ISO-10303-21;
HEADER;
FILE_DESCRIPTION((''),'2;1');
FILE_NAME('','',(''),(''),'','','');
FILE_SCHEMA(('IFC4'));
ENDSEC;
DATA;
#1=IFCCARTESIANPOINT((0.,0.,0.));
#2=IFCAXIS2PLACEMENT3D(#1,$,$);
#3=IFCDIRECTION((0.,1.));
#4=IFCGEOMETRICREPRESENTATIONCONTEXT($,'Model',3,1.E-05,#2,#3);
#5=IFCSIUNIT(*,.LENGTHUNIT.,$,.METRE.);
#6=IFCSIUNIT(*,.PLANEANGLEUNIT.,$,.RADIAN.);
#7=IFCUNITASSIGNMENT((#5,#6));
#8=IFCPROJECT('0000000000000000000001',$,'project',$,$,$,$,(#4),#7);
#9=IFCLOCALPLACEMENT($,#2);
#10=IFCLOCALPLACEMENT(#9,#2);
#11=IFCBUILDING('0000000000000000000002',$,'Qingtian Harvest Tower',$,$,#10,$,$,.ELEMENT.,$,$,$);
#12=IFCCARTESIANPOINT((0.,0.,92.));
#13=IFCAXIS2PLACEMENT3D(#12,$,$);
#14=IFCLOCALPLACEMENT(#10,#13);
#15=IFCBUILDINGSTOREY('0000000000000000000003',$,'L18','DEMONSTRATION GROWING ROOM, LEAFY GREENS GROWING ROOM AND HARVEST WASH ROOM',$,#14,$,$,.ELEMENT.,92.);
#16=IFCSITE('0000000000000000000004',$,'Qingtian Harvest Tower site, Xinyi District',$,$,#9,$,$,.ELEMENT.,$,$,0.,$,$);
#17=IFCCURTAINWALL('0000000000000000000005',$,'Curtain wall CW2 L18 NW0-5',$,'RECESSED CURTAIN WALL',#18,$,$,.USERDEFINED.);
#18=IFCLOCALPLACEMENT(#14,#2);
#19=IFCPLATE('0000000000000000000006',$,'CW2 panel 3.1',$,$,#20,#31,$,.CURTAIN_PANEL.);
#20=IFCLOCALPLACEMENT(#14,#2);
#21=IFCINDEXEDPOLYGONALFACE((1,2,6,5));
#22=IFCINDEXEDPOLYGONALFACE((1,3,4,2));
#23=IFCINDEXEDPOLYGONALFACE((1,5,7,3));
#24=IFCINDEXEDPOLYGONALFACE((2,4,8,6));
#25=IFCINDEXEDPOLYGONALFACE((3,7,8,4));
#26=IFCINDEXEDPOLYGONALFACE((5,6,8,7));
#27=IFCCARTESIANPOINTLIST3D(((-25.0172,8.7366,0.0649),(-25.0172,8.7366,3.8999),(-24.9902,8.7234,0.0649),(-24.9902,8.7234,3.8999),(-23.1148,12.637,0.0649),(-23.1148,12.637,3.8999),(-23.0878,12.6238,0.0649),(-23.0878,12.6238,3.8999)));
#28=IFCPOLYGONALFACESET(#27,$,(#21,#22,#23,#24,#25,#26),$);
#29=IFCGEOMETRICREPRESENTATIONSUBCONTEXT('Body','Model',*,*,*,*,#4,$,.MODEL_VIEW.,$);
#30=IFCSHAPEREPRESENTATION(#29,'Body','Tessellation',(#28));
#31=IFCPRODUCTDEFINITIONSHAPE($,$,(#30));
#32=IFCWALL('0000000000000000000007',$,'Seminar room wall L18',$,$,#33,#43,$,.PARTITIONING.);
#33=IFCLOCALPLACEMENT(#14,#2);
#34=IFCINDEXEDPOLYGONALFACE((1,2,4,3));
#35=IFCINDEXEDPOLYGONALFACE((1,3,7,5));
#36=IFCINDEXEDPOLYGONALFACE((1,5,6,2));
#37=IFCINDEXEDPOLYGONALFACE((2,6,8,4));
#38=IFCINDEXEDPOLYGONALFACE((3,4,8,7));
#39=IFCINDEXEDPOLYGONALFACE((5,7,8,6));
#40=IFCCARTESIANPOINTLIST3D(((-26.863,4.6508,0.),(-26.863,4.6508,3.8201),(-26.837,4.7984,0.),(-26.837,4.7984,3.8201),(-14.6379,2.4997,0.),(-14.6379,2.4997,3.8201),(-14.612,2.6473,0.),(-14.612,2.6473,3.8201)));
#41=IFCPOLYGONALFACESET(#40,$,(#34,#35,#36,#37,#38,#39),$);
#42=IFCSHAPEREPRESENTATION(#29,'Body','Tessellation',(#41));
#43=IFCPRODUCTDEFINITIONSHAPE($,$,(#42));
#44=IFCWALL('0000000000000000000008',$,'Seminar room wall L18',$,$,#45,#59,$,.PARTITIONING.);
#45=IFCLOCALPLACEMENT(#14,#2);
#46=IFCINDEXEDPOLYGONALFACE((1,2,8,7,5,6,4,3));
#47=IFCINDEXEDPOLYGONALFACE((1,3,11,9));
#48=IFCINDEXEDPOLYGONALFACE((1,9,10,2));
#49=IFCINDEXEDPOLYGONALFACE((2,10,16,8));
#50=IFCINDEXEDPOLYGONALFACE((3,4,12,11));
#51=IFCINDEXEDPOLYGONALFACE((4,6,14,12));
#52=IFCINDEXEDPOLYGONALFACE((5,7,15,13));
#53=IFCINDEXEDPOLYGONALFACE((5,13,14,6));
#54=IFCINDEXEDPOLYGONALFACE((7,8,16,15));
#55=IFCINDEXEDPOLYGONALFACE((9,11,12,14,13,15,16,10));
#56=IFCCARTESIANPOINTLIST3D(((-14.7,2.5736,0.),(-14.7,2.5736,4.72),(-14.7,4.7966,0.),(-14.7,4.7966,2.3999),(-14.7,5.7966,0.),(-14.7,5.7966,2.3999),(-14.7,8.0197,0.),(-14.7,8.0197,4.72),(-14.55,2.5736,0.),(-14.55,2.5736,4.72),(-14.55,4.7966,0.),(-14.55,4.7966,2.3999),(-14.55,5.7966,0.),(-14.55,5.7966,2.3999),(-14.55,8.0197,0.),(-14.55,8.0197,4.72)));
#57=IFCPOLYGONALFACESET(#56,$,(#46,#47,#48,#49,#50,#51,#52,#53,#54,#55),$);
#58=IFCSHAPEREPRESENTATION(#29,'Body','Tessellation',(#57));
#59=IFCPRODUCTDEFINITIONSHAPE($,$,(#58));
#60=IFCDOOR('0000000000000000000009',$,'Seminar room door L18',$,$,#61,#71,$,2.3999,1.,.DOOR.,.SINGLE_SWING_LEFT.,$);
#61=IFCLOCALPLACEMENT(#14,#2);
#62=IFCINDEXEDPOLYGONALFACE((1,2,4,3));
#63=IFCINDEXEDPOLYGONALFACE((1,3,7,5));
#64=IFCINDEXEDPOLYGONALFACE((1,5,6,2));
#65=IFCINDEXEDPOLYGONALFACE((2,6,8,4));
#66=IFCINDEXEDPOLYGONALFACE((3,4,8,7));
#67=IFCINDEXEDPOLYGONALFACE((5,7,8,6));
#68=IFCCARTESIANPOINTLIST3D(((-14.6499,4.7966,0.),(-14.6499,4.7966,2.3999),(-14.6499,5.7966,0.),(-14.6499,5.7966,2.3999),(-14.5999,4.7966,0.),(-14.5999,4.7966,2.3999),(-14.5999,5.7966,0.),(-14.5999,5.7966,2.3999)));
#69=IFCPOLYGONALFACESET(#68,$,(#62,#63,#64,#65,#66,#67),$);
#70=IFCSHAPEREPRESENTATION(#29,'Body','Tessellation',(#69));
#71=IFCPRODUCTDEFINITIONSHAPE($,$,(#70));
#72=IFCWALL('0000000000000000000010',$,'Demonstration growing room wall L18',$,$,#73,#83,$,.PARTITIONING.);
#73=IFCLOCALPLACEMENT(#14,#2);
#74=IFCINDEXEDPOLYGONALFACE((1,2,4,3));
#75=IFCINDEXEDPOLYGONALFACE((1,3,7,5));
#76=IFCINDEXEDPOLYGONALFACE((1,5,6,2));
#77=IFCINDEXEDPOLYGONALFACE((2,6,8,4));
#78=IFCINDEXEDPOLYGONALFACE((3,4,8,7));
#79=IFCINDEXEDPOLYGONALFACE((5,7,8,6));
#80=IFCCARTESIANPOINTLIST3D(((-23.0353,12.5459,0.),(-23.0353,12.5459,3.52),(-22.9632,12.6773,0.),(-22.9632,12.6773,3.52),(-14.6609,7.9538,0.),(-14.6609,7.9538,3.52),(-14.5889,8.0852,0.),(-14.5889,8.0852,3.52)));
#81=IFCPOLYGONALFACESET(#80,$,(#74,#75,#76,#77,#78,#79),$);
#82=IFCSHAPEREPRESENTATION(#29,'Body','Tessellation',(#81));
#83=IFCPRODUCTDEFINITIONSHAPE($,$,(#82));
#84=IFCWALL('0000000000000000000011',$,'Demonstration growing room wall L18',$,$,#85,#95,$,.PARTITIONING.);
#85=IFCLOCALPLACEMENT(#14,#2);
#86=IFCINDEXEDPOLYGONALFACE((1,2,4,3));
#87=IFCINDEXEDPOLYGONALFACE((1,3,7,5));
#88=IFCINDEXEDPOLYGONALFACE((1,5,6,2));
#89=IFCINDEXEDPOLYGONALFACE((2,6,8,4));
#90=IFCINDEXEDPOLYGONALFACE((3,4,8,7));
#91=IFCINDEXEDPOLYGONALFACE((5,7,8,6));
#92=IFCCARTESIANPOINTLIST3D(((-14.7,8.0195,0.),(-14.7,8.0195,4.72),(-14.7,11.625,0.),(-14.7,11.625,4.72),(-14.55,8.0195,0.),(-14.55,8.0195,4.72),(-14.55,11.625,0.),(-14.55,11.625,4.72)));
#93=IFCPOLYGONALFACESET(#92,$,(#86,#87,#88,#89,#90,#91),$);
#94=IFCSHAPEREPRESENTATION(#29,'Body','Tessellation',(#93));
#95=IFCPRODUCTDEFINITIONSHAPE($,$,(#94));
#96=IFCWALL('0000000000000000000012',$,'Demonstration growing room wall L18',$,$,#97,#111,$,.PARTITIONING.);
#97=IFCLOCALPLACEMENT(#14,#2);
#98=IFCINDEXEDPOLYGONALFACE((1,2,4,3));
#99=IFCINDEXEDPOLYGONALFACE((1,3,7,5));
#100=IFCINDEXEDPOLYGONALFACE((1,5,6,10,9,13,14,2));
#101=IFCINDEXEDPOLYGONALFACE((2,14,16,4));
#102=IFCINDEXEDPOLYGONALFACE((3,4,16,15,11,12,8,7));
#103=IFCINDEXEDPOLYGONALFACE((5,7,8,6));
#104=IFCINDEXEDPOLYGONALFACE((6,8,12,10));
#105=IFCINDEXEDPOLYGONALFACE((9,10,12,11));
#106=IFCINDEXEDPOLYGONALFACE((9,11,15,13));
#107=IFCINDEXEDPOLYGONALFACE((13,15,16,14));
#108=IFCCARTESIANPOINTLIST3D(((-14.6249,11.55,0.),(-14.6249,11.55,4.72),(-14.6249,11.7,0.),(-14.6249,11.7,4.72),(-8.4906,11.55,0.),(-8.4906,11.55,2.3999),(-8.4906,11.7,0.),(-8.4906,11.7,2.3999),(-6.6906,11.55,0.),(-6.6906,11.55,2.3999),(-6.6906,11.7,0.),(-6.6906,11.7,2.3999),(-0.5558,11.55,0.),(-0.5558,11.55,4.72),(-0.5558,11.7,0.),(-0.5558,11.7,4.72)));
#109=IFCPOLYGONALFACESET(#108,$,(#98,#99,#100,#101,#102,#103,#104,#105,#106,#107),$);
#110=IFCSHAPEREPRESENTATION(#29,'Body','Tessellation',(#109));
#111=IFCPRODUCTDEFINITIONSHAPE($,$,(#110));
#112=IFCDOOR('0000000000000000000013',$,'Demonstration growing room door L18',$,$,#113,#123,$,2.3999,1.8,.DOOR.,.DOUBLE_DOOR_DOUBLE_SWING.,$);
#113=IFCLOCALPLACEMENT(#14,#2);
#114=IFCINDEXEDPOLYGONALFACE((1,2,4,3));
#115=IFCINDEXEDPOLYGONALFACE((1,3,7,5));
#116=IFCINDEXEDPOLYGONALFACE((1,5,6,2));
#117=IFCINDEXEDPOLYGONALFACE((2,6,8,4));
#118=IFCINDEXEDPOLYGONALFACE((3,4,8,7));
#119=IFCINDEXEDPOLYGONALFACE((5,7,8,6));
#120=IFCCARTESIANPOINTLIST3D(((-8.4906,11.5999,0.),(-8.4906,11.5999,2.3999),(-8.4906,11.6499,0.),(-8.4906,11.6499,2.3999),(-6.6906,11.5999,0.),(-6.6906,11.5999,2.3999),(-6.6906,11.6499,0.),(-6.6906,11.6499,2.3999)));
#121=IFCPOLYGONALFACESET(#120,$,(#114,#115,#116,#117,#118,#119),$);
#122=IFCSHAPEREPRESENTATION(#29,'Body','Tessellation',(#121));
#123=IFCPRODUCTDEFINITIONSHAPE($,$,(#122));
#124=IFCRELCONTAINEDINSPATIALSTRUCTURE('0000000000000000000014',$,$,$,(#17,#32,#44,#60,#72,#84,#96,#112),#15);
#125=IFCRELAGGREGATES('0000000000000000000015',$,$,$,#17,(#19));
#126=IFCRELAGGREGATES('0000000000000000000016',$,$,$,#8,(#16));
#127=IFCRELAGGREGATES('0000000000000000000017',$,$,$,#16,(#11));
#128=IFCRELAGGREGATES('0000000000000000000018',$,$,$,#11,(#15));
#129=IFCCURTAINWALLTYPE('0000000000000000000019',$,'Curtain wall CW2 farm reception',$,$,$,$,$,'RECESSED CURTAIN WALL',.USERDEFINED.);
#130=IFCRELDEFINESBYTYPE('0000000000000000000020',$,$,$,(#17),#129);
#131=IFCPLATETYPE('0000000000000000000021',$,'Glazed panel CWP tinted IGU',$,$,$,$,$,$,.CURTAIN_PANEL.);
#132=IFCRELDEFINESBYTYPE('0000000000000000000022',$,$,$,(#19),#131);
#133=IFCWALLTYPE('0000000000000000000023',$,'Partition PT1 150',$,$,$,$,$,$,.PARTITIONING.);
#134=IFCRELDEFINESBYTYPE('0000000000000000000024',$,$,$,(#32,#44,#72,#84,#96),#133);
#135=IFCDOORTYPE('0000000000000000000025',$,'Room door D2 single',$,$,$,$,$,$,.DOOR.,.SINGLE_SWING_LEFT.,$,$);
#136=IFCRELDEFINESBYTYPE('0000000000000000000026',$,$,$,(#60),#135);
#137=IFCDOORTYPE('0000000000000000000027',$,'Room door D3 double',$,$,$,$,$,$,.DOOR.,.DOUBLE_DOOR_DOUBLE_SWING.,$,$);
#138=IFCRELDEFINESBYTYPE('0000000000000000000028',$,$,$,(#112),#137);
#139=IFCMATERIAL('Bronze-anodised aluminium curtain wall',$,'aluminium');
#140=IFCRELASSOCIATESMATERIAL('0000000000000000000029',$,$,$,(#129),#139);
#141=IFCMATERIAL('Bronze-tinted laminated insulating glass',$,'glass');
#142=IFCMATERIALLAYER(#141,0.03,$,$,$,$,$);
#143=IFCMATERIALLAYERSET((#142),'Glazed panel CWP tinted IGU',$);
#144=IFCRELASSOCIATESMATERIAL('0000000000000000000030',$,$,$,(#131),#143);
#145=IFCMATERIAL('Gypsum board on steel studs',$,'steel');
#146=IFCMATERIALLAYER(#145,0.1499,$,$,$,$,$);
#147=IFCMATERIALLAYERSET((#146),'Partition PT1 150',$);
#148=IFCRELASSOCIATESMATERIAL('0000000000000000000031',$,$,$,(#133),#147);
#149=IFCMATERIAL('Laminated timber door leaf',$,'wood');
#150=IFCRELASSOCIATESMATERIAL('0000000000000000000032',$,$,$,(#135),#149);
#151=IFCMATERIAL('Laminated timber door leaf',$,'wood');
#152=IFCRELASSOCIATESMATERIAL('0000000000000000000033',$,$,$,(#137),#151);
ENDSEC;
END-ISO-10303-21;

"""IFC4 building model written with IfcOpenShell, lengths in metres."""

from ifc_helpers import new_model, si_unit, direction, frame, frame_2d, origin, origin_2d, place, context, subcontext, project, spatial, rectangle, extrude, material, layer, layer_set, type_object, element, fill, aggregate, save


model = new_model("IFC4")

# Units and contexts
model_context = context("Model", 3, precision=1e-05, world=origin(), true_north=direction((0.0, 1.0)))
body_context = subcontext(model_context, "Body", "Model", "MODEL_VIEW")
ifc_project = project(units=[si_unit("LENGTHUNIT", "METRE"), si_unit("PLANEANGLEUNIT", "RADIAN")], contexts=[model_context])

# Site, building, storey
site_placement = place(None, origin())
site = spatial("IfcSite", under=ifc_project, at=site_placement, Name="Qingtian Harvest Tower site, Xinyi District", CompositionType="ELEMENT", RefElevation=0.0)
building_placement = place(site_placement, origin())
building = spatial("IfcBuilding", under=site, at=building_placement, Name="Qingtian Harvest Tower", CompositionType="ELEMENT")
storey_placement = place(building_placement, frame((0.0, 0.0, 92.0)))
storey = spatial("IfcBuildingStorey", under=building, at=storey_placement, Name="L18", Description="DEMONSTRATION GROWING ROOM, LEAFY GREENS GROWING ROOM AND HARVEST WASH ROOM", CompositionType="ELEMENT", Elevation=92.0)

# Shared definitions
ifc_material_1 = material(Name="Bronze-anodised aluminium curtain wall", Category="aluminium")
curtain_wall_type = type_object("IfcCurtainWallType", Name="Curtain wall CW2 farm reception", ElementType="RECESSED CURTAIN WALL", PredefinedType="USERDEFINED", material=ifc_material_1)

# Curtain wall
curtain_wall_1_placement = place(storey_placement, origin())
curtain_wall_1 = element("IfcCurtainWall", 1, at=curtain_wall_1_placement, inside=storey, type_object=curtain_wall_type, Name="Curtain wall CW2 L18 NW0-5", ObjectType="RECESSED CURTAIN WALL", PredefinedType="USERDEFINED")

# Plate
ifc_material_2 = material(Name="Bronze-tinted laminated insulating glass", Category="glass")
ifc_layer_1 = layer(ifc_material_2, 0.03)
ifc_layer_set_1 = layer_set([ifc_layer_1], Name="Glazed panel CWP tinted IGU")
plate_type = type_object("IfcPlateType", Name="Glazed panel CWP tinted IGU", PredefinedType="CURTAIN_PANEL", material=ifc_layer_set_1)
plate_1_placement = place(storey_placement, frame((-24.0525, 10.6802, 0.0649), z_axis=(0.0, 0.0, 1.0), x_axis=(0.438371, 0.898794, 0.0)))
plate_1 = element("IfcPlate", 2, at=plate_1_placement, type_object=plate_type, Name="CW2 panel 3.1", PredefinedType="CURTAIN_PANEL", context=body_context, shape_type="SweptSolid", body=[
    extrude(rectangle(XDim=4.3396, YDim=0.03, at=origin_2d()), origin(), (0.0, 0.0, 1.0), 3.835),
])
aggregate(curtain_wall_1, [plate_1])

# Wall
ifc_material_3 = material(Name="Gypsum board on steel studs", Category="steel")
ifc_layer_2 = layer(ifc_material_3, 0.1499)
ifc_layer_set_2 = layer_set([ifc_layer_2], Name="Partition PT1 150")
wall_type = type_object("IfcWallType", Name="Partition PT1 150", PredefinedType="PARTITIONING", material=ifc_layer_set_2)
wall_1_placement = place(storey_placement, frame((-26.8501, 4.7246, 0.0), z_axis=(0.0, 0.0, 1.0), x_axis=(0.98487, -0.173297, 0.0)))
element("IfcWall", 3, at=wall_1_placement, inside=storey, type_object=wall_type, Name="Seminar room wall L18", PredefinedType="PARTITIONING", context=body_context, shape_type="SweptSolid", body=[
    extrude(rectangle(XDim=12.4128, YDim=0.1499, at=frame_2d((6.2065, 0.0))), origin(), (0.0, 0.0, 1.0), 3.8201),
])

# Wall, opening, door
wall_2_placement = place(storey_placement, frame((-14.625, 2.5735, 0.0), z_axis=(0.0, 0.0, 1.0), x_axis=(0.0, 1.0, 0.0)))
wall_2 = element("IfcWall", 4, at=wall_2_placement, inside=storey, type_object=wall_type, Name="Seminar room wall L18", PredefinedType="PARTITIONING", context=body_context, shape_type="SweptSolid", body=[
    extrude(rectangle(XDim=5.446, YDim=0.1499, at=frame_2d((2.7231, 0.0))), origin(), (0.0, 0.0, 1.0), 4.72),
])
opening_1_placement = place(wall_2_placement, frame((2.2231, 0.0, 0.0)))
opening_1 = element("IfcOpeningElement", 5, at=opening_1_placement, cuts=wall_2, PredefinedType="OPENING", context=body_context, shape_type="SweptSolid", body=[
    extrude(rectangle(XDim=1.0, YDim=2.3999, at=frame_2d((0.5, 1.2))), frame((0.0, 0.085, 0.0), z_axis=(0.0, -1.0, 0.0), x_axis=(1.0, 0.0, 0.0)), (0.0, 0.0, 1.0), 0.1699),
])
ifc_material_4 = material(Name="Laminated timber door leaf", Category="wood")
door_type_1 = type_object("IfcDoorType", Name="Room door D2 single", OperationType="SINGLE_SWING_LEFT", PredefinedType="DOOR", material=ifc_material_4)
door_1_placement = place(opening_1_placement, origin())
door_1 = element("IfcDoor", 6, at=door_1_placement, inside=storey, type_object=door_type_1, Name="Seminar room door L18", OperationType="SINGLE_SWING_LEFT", OverallHeight=2.3999, OverallWidth=1.0, PredefinedType="DOOR", context=body_context, shape_type="SweptSolid", body=[
    extrude(rectangle(XDim=1.0, YDim=2.3999, at=frame_2d((0.5, 1.2))), frame((0.0, 0.0249, 0.0), z_axis=(0.0, -1.0, 0.0), x_axis=(1.0, 0.0, 0.0)), (0.0, 0.0, 1.0), 0.05),
])
fill(opening_1, door_1)

# Walls
wall_3_placement = place(storey_placement, frame((-22.9993, 12.6116, 0.0), z_axis=(0.0, 0.0, 1.0), x_axis=(0.876826, -0.480809, 0.0)))
element("IfcWall", 7, at=wall_3_placement, inside=storey, type_object=wall_type, Name="Demonstration growing room wall L18", PredefinedType="PARTITIONING", context=body_context, shape_type="SweptSolid", body=[
    extrude(rectangle(XDim=9.5508, YDim=0.1499, at=frame_2d((4.7754, 0.0))), origin(), (0.0, 0.0, 1.0), 3.52),
])
wall_4_placement = place(storey_placement, frame((-14.625, 8.0195, 0.0), z_axis=(0.0, 0.0, 1.0), x_axis=(0.0, 1.0, 0.0)))
element("IfcWall", 8, at=wall_4_placement, inside=storey, type_object=wall_type, Name="Demonstration growing room wall L18", PredefinedType="PARTITIONING", context=body_context, shape_type="SweptSolid", body=[
    extrude(rectangle(XDim=3.6055, YDim=0.1499, at=frame_2d((1.8027, 0.0))), origin(), (0.0, 0.0, 1.0), 4.72),
])

# Wall, opening, door
wall_5_placement = place(storey_placement, frame((-14.625, 11.625, 0.0), z_axis=(0.0, 0.0, 1.0), x_axis=(1.0, 0.0, 0.0)))
wall_5 = element("IfcWall", 9, at=wall_5_placement, inside=storey, type_object=wall_type, Name="Demonstration growing room wall L18", PredefinedType="PARTITIONING", context=body_context, shape_type="SweptSolid", body=[
    extrude(rectangle(XDim=14.0691, YDim=0.1499, at=frame_2d((7.0347, 0.0))), origin(), (0.0, 0.0, 1.0), 4.72),
])
opening_2_placement = place(wall_5_placement, frame((6.1345, 0.0, 0.0)))
opening_2 = element("IfcOpeningElement", 10, at=opening_2_placement, cuts=wall_5, PredefinedType="OPENING", context=body_context, shape_type="SweptSolid", body=[
    extrude(rectangle(XDim=1.8, YDim=2.3999, at=frame_2d((0.8999, 1.2))), frame((0.0, 0.085, 0.0), z_axis=(0.0, -1.0, 0.0), x_axis=(1.0, 0.0, 0.0)), (0.0, 0.0, 1.0), 0.1699),
])
ifc_material_5 = material(Name="Laminated timber door leaf", Category="wood")
door_type_2 = type_object("IfcDoorType", Name="Room door D3 double", OperationType="DOUBLE_DOOR_DOUBLE_SWING", PredefinedType="DOOR", material=ifc_material_5)
door_2_placement = place(opening_2_placement, origin())
door_2 = element("IfcDoor", 11, at=door_2_placement, inside=storey, type_object=door_type_2, Name="Demonstration growing room door L18", OperationType="DOUBLE_DOOR_DOUBLE_SWING", OverallHeight=2.3999, OverallWidth=1.8, PredefinedType="DOOR", context=body_context, shape_type="SweptSolid", body=[
    extrude(rectangle(XDim=1.8, YDim=2.3999, at=frame_2d((0.8999, 1.2))), frame((0.0, 0.0249, 0.0), z_axis=(0.0, -1.0, 0.0), x_axis=(1.0, 0.0, 0.0)), (0.0, 0.0, 1.0), 0.05),
])
fill(opening_2, door_2)

save(model, "model.ifc")
